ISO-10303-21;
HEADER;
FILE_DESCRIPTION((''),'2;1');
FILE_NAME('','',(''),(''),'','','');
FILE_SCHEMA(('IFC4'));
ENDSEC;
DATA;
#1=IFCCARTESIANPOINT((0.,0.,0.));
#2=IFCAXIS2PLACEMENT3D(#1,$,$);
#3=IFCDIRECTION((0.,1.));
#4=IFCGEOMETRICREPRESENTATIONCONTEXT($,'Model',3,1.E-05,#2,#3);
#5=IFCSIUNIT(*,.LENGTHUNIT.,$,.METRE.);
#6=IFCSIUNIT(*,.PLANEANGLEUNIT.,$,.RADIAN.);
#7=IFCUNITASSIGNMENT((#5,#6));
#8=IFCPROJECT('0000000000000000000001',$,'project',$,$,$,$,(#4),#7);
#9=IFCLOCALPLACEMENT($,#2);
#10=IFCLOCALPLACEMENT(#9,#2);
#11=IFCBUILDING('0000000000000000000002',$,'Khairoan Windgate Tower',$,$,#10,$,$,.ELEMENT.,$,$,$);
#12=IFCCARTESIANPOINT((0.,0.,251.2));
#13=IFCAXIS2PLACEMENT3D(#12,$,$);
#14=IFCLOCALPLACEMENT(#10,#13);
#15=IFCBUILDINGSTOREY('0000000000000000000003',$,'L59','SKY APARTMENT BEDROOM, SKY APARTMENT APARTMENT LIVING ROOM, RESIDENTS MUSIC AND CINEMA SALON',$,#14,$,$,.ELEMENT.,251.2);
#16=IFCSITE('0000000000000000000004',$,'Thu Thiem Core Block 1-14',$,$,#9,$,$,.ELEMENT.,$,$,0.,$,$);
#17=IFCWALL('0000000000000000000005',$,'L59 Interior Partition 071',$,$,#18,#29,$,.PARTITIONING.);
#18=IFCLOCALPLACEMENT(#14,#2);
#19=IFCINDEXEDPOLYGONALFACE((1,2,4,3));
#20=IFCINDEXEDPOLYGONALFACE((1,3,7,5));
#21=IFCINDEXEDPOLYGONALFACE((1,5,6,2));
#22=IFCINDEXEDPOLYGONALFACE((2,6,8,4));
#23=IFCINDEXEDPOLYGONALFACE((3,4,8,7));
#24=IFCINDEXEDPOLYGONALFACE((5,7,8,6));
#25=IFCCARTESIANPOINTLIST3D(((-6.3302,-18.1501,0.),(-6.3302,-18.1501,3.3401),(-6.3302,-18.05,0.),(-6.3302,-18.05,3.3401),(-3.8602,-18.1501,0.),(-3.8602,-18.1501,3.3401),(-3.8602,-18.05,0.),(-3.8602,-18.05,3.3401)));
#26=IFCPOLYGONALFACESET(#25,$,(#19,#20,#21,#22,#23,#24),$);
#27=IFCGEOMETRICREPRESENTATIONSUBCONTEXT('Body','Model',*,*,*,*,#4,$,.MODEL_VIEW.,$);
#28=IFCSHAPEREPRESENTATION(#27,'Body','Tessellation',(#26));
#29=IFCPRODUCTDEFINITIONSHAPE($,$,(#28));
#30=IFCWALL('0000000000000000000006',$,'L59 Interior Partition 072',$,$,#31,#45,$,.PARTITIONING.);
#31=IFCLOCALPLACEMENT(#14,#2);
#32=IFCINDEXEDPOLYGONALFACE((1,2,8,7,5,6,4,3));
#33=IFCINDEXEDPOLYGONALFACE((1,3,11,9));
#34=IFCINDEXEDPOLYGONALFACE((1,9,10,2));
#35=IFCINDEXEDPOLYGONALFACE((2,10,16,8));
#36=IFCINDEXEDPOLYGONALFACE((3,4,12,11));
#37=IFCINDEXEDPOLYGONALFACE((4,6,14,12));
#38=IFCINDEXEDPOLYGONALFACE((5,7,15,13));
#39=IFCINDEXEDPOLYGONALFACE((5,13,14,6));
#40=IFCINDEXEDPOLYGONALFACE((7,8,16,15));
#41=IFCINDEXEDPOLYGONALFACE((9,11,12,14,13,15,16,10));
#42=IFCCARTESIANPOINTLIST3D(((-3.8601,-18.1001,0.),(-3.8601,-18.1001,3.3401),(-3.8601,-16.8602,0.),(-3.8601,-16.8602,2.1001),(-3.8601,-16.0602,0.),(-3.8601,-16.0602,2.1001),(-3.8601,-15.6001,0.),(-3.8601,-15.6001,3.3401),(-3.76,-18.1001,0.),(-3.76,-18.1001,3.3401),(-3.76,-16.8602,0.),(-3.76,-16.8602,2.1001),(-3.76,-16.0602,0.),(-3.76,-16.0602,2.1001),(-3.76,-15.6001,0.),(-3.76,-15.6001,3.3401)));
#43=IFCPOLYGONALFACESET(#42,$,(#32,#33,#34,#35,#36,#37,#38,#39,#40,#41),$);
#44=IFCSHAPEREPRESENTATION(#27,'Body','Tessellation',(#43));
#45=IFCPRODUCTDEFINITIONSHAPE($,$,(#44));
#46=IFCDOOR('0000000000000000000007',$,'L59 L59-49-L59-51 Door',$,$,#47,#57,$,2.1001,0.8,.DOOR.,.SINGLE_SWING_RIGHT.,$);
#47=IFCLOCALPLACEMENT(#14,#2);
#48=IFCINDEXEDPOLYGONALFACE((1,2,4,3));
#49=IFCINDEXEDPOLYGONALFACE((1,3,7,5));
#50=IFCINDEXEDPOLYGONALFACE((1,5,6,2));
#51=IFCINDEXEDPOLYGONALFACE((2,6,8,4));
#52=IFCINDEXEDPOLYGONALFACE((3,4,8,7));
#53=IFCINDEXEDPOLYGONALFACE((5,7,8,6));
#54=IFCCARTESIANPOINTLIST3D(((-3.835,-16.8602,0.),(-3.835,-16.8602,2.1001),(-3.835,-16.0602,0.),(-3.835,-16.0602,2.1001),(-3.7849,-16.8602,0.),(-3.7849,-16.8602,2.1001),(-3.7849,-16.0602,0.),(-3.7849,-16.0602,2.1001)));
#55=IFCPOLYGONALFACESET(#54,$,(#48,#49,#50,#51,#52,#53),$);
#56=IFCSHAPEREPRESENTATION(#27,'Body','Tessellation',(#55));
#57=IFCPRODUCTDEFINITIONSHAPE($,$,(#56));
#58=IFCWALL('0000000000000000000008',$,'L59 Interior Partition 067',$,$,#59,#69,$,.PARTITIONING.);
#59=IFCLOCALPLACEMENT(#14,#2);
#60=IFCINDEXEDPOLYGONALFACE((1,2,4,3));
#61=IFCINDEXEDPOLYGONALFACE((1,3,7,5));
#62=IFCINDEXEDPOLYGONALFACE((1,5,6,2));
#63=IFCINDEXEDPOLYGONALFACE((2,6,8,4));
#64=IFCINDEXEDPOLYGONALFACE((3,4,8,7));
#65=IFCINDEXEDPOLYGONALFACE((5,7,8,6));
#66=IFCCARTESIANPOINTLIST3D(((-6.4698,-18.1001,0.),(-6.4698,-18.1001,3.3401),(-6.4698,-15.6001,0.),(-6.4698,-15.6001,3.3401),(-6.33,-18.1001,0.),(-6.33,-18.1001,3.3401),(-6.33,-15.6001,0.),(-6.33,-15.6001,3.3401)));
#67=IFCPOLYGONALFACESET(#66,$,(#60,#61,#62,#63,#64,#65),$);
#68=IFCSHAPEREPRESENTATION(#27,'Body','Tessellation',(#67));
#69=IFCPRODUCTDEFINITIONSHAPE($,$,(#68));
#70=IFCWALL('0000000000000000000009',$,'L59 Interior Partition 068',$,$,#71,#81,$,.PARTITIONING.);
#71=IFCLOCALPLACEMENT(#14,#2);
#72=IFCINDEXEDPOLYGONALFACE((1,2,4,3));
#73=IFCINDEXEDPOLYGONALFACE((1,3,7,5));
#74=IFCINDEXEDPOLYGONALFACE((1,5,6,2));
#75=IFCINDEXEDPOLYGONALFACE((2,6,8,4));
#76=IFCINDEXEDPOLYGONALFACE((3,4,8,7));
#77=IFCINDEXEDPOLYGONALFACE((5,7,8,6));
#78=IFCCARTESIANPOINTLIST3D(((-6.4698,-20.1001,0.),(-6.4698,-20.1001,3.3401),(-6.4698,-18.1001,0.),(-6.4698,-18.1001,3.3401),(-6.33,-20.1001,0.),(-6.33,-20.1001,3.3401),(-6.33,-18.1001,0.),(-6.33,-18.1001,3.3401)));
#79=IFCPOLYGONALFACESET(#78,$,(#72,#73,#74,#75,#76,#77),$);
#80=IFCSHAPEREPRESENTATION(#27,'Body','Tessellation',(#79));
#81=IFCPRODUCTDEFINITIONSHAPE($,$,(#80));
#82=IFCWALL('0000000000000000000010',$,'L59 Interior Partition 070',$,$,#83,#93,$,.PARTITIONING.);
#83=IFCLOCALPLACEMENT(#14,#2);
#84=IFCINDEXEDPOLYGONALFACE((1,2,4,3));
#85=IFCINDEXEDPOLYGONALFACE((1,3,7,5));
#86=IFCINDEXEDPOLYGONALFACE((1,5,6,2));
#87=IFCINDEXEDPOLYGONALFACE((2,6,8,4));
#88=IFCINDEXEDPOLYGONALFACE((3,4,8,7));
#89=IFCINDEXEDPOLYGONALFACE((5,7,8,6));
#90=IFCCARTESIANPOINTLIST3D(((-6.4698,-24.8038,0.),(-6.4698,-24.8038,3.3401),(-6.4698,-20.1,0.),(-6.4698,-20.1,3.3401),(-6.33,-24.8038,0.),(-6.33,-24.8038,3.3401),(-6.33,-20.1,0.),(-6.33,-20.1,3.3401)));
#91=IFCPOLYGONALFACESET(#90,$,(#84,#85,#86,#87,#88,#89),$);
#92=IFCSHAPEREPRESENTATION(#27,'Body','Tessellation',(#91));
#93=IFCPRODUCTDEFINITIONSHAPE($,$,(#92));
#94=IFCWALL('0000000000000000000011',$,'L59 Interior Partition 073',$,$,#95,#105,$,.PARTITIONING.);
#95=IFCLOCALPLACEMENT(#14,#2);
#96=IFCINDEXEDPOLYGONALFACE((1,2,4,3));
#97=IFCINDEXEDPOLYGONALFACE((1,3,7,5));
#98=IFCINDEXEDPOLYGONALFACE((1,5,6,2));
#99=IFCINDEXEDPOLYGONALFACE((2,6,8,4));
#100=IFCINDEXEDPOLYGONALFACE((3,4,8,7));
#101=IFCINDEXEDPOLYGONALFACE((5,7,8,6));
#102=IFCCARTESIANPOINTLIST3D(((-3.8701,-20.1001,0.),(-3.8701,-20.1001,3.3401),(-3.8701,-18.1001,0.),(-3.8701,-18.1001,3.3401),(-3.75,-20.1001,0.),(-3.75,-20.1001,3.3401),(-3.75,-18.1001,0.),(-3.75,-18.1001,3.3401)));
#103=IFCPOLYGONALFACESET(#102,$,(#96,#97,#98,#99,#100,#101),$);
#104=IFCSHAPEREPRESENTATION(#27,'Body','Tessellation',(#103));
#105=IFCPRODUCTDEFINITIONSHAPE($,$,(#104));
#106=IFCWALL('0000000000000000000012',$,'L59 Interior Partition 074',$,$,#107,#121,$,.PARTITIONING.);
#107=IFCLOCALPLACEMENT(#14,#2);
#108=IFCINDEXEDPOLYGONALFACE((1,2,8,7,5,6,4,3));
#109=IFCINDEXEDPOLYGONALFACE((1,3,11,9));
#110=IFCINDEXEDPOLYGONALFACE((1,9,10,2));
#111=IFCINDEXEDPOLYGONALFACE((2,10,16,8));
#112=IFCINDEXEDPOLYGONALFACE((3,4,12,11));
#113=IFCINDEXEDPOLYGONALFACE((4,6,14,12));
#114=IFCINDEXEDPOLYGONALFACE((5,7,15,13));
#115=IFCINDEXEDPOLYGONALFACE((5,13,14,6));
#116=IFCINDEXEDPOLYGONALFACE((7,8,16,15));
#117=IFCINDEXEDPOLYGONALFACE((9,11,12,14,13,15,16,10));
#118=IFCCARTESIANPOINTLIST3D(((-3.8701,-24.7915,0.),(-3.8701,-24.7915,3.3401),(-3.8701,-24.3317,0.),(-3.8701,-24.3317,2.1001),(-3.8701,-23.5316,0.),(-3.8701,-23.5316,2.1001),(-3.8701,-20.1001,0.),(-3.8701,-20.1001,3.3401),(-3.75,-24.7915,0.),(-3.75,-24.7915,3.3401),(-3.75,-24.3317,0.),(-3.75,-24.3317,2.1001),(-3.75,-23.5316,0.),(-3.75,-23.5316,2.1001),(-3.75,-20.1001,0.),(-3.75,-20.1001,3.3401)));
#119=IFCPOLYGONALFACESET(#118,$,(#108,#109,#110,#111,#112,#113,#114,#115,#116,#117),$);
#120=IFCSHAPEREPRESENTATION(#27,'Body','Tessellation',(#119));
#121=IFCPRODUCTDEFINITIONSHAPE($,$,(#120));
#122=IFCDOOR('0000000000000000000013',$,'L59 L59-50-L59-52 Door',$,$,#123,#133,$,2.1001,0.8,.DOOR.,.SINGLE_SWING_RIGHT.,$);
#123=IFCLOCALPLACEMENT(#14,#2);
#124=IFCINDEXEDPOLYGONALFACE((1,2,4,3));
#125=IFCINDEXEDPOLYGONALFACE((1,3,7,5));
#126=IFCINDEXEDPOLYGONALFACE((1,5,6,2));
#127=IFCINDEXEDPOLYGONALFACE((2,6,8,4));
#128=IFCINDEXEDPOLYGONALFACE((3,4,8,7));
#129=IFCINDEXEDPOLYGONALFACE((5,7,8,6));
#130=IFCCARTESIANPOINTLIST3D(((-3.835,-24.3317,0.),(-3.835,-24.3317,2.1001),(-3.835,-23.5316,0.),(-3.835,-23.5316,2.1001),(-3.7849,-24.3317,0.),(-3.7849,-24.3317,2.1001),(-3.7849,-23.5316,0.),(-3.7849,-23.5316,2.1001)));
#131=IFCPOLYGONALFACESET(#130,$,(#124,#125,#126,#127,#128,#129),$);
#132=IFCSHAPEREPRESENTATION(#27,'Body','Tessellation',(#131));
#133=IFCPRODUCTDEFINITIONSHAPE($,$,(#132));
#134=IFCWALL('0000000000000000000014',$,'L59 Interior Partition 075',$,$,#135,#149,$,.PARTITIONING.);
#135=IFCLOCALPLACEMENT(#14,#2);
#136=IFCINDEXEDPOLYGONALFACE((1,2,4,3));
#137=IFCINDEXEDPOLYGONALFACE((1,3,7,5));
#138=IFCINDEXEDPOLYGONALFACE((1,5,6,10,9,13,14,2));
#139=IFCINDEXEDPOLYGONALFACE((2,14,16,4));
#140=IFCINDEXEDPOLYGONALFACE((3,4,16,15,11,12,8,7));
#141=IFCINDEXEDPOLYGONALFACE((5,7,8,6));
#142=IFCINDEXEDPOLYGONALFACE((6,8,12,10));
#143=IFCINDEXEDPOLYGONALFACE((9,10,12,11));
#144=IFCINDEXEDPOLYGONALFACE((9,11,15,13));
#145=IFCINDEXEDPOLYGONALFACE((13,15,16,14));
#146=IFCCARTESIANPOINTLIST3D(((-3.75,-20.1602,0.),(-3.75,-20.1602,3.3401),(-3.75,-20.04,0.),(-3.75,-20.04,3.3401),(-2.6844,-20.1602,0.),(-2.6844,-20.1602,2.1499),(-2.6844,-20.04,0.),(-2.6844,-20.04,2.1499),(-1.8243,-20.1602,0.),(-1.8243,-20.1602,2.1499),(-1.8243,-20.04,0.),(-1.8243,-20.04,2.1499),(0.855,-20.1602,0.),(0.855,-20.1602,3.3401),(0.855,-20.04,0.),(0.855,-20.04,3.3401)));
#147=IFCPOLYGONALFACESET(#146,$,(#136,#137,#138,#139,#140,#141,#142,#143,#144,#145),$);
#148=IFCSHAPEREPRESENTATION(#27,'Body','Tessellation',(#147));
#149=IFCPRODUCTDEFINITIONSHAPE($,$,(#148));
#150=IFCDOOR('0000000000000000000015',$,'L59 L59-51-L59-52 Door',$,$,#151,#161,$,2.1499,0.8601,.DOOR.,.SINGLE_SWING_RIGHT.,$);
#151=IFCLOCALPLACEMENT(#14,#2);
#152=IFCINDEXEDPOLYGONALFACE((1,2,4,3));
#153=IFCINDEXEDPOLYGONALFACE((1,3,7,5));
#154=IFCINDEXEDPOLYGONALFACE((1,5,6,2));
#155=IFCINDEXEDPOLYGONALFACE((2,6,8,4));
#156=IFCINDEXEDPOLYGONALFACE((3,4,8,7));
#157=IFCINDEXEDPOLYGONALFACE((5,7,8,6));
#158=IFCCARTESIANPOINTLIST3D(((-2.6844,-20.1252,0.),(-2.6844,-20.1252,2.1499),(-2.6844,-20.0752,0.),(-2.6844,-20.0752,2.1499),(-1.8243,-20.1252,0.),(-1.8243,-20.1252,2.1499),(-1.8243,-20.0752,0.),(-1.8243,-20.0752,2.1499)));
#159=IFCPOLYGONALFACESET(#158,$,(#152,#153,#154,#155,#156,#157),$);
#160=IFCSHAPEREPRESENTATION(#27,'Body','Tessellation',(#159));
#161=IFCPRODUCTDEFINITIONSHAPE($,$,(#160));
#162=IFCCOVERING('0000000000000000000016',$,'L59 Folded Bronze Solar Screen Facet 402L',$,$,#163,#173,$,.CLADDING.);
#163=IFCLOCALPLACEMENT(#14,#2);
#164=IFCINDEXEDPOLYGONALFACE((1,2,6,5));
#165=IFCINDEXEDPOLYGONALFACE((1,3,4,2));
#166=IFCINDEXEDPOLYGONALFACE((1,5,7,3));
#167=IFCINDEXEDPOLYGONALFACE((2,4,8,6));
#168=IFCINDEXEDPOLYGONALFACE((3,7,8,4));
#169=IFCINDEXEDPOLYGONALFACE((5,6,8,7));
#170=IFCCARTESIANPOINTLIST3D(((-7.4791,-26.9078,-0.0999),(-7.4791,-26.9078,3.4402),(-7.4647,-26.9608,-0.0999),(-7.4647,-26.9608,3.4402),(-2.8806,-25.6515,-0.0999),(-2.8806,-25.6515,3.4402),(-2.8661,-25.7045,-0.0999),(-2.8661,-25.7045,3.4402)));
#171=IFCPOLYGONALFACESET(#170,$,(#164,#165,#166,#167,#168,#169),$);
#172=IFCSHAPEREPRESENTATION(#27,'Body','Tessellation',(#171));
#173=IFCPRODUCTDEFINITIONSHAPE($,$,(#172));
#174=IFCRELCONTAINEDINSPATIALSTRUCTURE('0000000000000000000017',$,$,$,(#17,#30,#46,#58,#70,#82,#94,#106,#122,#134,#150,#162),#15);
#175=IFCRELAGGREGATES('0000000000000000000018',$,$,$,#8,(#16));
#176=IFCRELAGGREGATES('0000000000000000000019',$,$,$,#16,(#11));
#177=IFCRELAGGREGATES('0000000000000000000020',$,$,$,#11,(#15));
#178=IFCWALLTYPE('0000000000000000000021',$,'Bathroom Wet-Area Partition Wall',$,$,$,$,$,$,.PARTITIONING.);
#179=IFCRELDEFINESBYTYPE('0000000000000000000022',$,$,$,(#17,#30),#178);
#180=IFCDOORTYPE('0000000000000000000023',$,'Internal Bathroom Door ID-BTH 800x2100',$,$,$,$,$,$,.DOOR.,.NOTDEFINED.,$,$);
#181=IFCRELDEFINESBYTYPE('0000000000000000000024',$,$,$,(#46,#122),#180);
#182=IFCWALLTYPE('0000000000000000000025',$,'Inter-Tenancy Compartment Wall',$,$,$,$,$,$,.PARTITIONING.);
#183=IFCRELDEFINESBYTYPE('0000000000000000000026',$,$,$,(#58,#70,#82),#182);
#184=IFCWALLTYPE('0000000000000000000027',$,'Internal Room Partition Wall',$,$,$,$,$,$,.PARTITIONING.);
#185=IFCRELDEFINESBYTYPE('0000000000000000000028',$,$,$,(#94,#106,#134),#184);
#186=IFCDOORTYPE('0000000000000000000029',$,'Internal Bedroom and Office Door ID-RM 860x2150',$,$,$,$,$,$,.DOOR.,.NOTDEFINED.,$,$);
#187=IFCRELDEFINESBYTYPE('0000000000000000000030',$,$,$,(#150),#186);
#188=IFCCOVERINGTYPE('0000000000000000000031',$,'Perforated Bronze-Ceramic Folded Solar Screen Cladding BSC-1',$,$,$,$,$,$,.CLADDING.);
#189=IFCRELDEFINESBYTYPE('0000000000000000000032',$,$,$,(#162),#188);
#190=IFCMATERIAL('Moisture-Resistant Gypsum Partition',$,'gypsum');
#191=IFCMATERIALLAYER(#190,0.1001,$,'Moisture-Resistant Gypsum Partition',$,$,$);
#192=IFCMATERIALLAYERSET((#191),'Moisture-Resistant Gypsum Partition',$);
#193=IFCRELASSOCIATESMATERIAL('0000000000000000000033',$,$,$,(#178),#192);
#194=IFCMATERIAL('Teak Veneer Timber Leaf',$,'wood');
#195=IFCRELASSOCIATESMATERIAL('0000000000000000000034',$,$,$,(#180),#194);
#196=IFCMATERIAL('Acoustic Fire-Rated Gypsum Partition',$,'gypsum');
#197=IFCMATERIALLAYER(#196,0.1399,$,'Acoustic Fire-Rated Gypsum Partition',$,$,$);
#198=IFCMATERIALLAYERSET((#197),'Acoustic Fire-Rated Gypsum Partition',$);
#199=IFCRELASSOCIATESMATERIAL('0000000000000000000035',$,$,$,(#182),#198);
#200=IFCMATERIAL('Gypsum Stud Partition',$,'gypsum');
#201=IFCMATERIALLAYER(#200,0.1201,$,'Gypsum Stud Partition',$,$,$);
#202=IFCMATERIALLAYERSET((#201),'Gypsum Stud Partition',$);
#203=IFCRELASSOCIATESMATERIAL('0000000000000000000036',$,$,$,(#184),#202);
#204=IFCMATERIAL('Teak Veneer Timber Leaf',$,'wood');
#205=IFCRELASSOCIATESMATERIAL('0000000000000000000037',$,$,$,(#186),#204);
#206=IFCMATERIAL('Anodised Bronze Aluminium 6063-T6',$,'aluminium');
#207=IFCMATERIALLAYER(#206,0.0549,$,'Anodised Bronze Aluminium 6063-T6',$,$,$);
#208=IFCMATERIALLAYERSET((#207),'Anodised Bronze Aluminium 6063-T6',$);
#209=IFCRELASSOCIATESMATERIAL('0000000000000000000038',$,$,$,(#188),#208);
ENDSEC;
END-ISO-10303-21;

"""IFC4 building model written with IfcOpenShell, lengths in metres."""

from ifc_helpers import new_model, si_unit, direction, frame, frame_2d, origin, origin_2d, place, context, subcontext, project, spatial, rectangle, extrude, material, layer, layer_set, type_object, element, fill, save


model = new_model("IFC4")

# Units and contexts
model_context = context("Model", 3, precision=1e-05, world=origin(), true_north=direction((0.0, 1.0)))
body_context = subcontext(model_context, "Body", "Model", "MODEL_VIEW")
ifc_project = project(units=[si_unit("LENGTHUNIT", "METRE"), si_unit("PLANEANGLEUNIT", "RADIAN")], contexts=[model_context])

# Site, building, storey
site_placement = place(None, origin())
site = spatial("IfcSite", under=ifc_project, at=site_placement, Name="Thu Thiem Core Block 1-14", CompositionType="ELEMENT", RefElevation=0.0)
building_placement = place(site_placement, origin())
building = spatial("IfcBuilding", under=site, at=building_placement, Name="Khairoan Windgate Tower", CompositionType="ELEMENT")
storey_placement = place(building_placement, frame((0.0, 0.0, 251.2)))
storey = spatial("IfcBuildingStorey", under=building, at=storey_placement, Name="L59", Description="SKY APARTMENT BEDROOM, SKY APARTMENT APARTMENT LIVING ROOM, RESIDENTS MUSIC AND CINEMA SALON", CompositionType="ELEMENT", Elevation=251.2)

# Wall
ifc_material_1 = material(Name="Moisture-Resistant Gypsum Partition", Category="gypsum")
ifc_layer_1 = layer(ifc_material_1, 0.1001, Name="Moisture-Resistant Gypsum Partition")
ifc_layer_set_1 = layer_set([ifc_layer_1], Name="Moisture-Resistant Gypsum Partition")
wall_type_1 = type_object("IfcWallType", Name="Bathroom Wet-Area Partition Wall", PredefinedType="PARTITIONING", material=ifc_layer_set_1)
wall_1_placement = place(storey_placement, frame((-6.3301, -18.1001, 0.0), z_axis=(0.0, 0.0, 1.0), x_axis=(1.0, 0.0, 0.0)))
element("IfcWall", 1, at=wall_1_placement, inside=storey, type_object=wall_type_1, Name="L59 Interior Partition 071", PredefinedType="PARTITIONING", context=body_context, shape_type="SweptSolid", body=[
    extrude(rectangle(XDim=2.47, YDim=0.1001, at=frame_2d((1.2349, 0.0))), origin(), (0.0, 0.0, 1.0), 3.3401),
])

# Wall, opening, door
wall_2_placement = place(storey_placement, frame((-3.8101, -18.1001, 0.0), z_axis=(0.0, 0.0, 1.0), x_axis=(0.0, 1.0, 0.0)))
wall_2 = element("IfcWall", 2, at=wall_2_placement, inside=storey, type_object=wall_type_1, Name="L59 Interior Partition 072", PredefinedType="PARTITIONING", context=body_context, shape_type="SweptSolid", body=[
    extrude(rectangle(XDim=2.5, YDim=0.1001, at=frame_2d((1.25, 0.0))), origin(), (0.0, 0.0, 1.0), 3.3401),
])
opening_1_placement = place(wall_2_placement, frame((1.24, 0.0, 0.0)))
opening_1 = element("IfcOpeningElement", 3, at=opening_1_placement, cuts=wall_2, PredefinedType="OPENING", context=body_context, shape_type="SweptSolid", body=[
    extrude(rectangle(XDim=0.8, YDim=2.1001, at=frame_2d((0.3999, 1.05))), frame((0.0, 0.0601, 0.0), z_axis=(0.0, -1.0, 0.0), x_axis=(1.0, 0.0, 0.0)), (0.0, 0.0, 1.0), 0.1201),
])
ifc_material_2 = material(Name="Teak Veneer Timber Leaf", Category="wood")
door_type_1 = type_object("IfcDoorType", Name="Internal Bathroom Door ID-BTH 800x2100", OperationType="NOTDEFINED", PredefinedType="DOOR", material=ifc_material_2)
door_1_placement = place(opening_1_placement, origin())
door_1 = element("IfcDoor", 4, at=door_1_placement, inside=storey, type_object=door_type_1, Name="L59 L59-49-L59-51 Door", OperationType="SINGLE_SWING_RIGHT", OverallHeight=2.1001, OverallWidth=0.8, PredefinedType="DOOR", context=body_context, shape_type="SweptSolid", body=[
    extrude(rectangle(XDim=0.8, YDim=2.1001, at=frame_2d((0.3999, 1.05))), frame((0.0, 0.0249, 0.0), z_axis=(0.0, -1.0, 0.0), x_axis=(1.0, 0.0, 0.0)), (0.0, 0.0, 1.0), 0.05),
])
fill(opening_1, door_1)

# Walls
ifc_material_3 = material(Name="Acoustic Fire-Rated Gypsum Partition", Category="gypsum")
ifc_layer_2 = layer(ifc_material_3, 0.1399, Name="Acoustic Fire-Rated Gypsum Partition")
ifc_layer_set_2 = layer_set([ifc_layer_2], Name="Acoustic Fire-Rated Gypsum Partition")
wall_type_2 = type_object("IfcWallType", Name="Inter-Tenancy Compartment Wall", PredefinedType="PARTITIONING", material=ifc_layer_set_2)
wall_3_placement = place(storey_placement, frame((-6.3999, -18.1001, 0.0), z_axis=(0.0, 0.0, 1.0), x_axis=(0.0, 1.0, 0.0)))
element("IfcWall", 5, at=wall_3_placement, inside=storey, type_object=wall_type_2, Name="L59 Interior Partition 067", PredefinedType="PARTITIONING", context=body_context, shape_type="SweptSolid", body=[
    extrude(rectangle(XDim=2.5, YDim=0.1399, at=frame_2d((1.25, 0.0))), origin(), (0.0, 0.0, 1.0), 3.3401),
])
wall_4_placement = place(storey_placement, frame((-6.3999, -20.1001, 0.0), z_axis=(0.0, 0.0, 1.0), x_axis=(0.0, 1.0, 0.0)))
element("IfcWall", 6, at=wall_4_placement, inside=storey, type_object=wall_type_2, Name="L59 Interior Partition 068", PredefinedType="PARTITIONING", context=body_context, shape_type="SweptSolid", body=[
    extrude(rectangle(XDim=2.0, YDim=0.1399, at=frame_2d((1.0, 0.0))), origin(), (0.0, 0.0, 1.0), 3.3401),
])
wall_5_placement = place(storey_placement, frame((-6.3999, -24.804, 0.0), z_axis=(0.0, 0.0, 1.0), x_axis=(0.0, 1.0, 0.0)))
element("IfcWall", 7, at=wall_5_placement, inside=storey, type_object=wall_type_2, Name="L59 Interior Partition 070", PredefinedType="PARTITIONING", context=body_context, shape_type="SweptSolid", body=[
    extrude(rectangle(XDim=4.7039, YDim=0.1399, at=frame_2d((2.3521, 0.0))), origin(), (0.0, 0.0, 1.0), 3.3401),
])
ifc_material_4 = material(Name="Gypsum Stud Partition", Category="gypsum")
ifc_layer_3 = layer(ifc_material_4, 0.1201, Name="Gypsum Stud Partition")
ifc_layer_set_3 = layer_set([ifc_layer_3], Name="Gypsum Stud Partition")
wall_type_3 = type_object("IfcWallType", Name="Internal Room Partition Wall", PredefinedType="PARTITIONING", material=ifc_layer_set_3)
wall_6_placement = place(storey_placement, frame((-3.8101, -20.1001, 0.0), z_axis=(0.0, 0.0, 1.0), x_axis=(0.0, 1.0, 0.0)))
element("IfcWall", 8, at=wall_6_placement, inside=storey, type_object=wall_type_3, Name="L59 Interior Partition 073", PredefinedType="PARTITIONING", context=body_context, shape_type="SweptSolid", body=[
    extrude(rectangle(XDim=2.0, YDim=0.1201, at=frame_2d((1.0, 0.0))), origin(), (0.0, 0.0, 1.0), 3.3401),
])

# Walls, openings, doors
wall_7_placement = place(storey_placement, frame((-3.8101, -24.7915, 0.0), z_axis=(0.0, 0.0, 1.0), x_axis=(0.0, 1.0, 0.0)))
wall_7 = element("IfcWall", 9, at=wall_7_placement, inside=storey, type_object=wall_type_3, Name="L59 Interior Partition 074", PredefinedType="PARTITIONING", context=body_context, shape_type="SweptSolid", body=[
    extrude(rectangle(XDim=4.6914, YDim=0.1201, at=frame_2d((2.3457, 0.0))), origin(), (0.0, 0.0, 1.0), 3.3401),
])
opening_2_placement = place(wall_7_placement, frame((0.46, 0.0, 0.0)))
opening_2 = element("IfcOpeningElement", 10, at=opening_2_placement, cuts=wall_7, PredefinedType="OPENING", context=body_context, shape_type="SweptSolid", body=[
    extrude(rectangle(XDim=0.8, YDim=2.1001, at=frame_2d((0.3999, 1.05))), frame((0.0, 0.0701, 0.0), z_axis=(0.0, -1.0, 0.0), x_axis=(1.0, 0.0, 0.0)), (0.0, 0.0, 1.0), 0.1401),
])
door_2_placement = place(opening_2_placement, origin())
door_2 = element("IfcDoor", 11, at=door_2_placement, inside=storey, type_object=door_type_1, Name="L59 L59-50-L59-52 Door", OperationType="SINGLE_SWING_RIGHT", OverallHeight=2.1001, OverallWidth=0.8, PredefinedType="DOOR", context=body_context, shape_type="SweptSolid", body=[
    extrude(rectangle(XDim=0.8, YDim=2.1001, at=frame_2d((0.3999, 1.05))), frame((0.0, 0.0249, 0.0), z_axis=(0.0, -1.0, 0.0), x_axis=(1.0, 0.0, 0.0)), (0.0, 0.0, 1.0), 0.05),
])
fill(opening_2, door_2)
wall_8_placement = place(storey_placement, frame((-3.75, -20.1001, 0.0), z_axis=(0.0, 0.0, 1.0), x_axis=(1.0, 0.0, 0.0)))
wall_8 = element("IfcWall", 12, at=wall_8_placement, inside=storey, type_object=wall_type_3, Name="L59 Interior Partition 075", PredefinedType="PARTITIONING", context=body_context, shape_type="SweptSolid", body=[
    extrude(rectangle(XDim=4.605, YDim=0.1201, at=frame_2d((2.3025, 0.0))), origin(), (0.0, 0.0, 1.0), 3.3401),
])
opening_3_placement = place(wall_8_placement, frame((1.0654, 0.0, 0.0)))
opening_3 = element("IfcOpeningElement", 13, at=opening_3_placement, cuts=wall_8, PredefinedType="OPENING", context=body_context, shape_type="SweptSolid", body=[
    extrude(rectangle(XDim=0.8601, YDim=2.1499, at=frame_2d((0.4302, 1.075))), frame((0.0, 0.0701, 0.0), z_axis=(0.0, -1.0, 0.0), x_axis=(1.0, 0.0, 0.0)), (0.0, 0.0, 1.0), 0.1401),
])
ifc_material_5 = material(Name="Teak Veneer Timber Leaf", Category="wood")
door_type_2 = type_object("IfcDoorType", Name="Internal Bedroom and Office Door ID-RM 860x2150", OperationType="NOTDEFINED", PredefinedType="DOOR", material=ifc_material_5)
door_3_placement = place(opening_3_placement, origin())
door_3 = element("IfcDoor", 14, at=door_3_placement, inside=storey, type_object=door_type_2, Name="L59 L59-51-L59-52 Door", OperationType="SINGLE_SWING_RIGHT", OverallHeight=2.1499, OverallWidth=0.8601, PredefinedType="DOOR", context=body_context, shape_type="SweptSolid", body=[
    extrude(rectangle(XDim=0.8601, YDim=2.1499, at=frame_2d((0.4302, 1.075))), frame((0.0, 0.0249, 0.0), z_axis=(0.0, -1.0, 0.0), x_axis=(1.0, 0.0, 0.0)), (0.0, 0.0, 1.0), 0.05),
])
fill(opening_3, door_3)

# Covering
ifc_material_6 = material(Name="Anodised Bronze Aluminium 6063-T6", Category="aluminium")
ifc_layer_4 = layer(ifc_material_6, 0.0549, Name="Anodised Bronze Aluminium 6063-T6")
ifc_layer_set_4 = layer_set([ifc_layer_4], Name="Anodised Bronze Aluminium 6063-T6")
covering_type = type_object("IfcCoveringType", Name="Perforated Bronze-Ceramic Folded Solar Screen Cladding BSC-1", PredefinedType="CLADDING", material=ifc_layer_set_4)
covering_placement = place(storey_placement, frame((-5.1726, -26.3062, -0.0999), z_axis=(0.0, 0.0, 1.0), x_axis=(-0.964649, -0.263536, 0.0)))
element("IfcCovering", 15, at=covering_placement, inside=storey, type_object=covering_type, Name="L59 Folded Bronze Solar Screen Facet 402L", PredefinedType="CLADDING", context=body_context, shape_type="SweptSolid", body=[
    extrude(rectangle(XDim=4.7671, YDim=0.0549, at=origin_2d()), origin(), (0.0, 0.0, 1.0), 3.54),
])

save(model, "model.ifc")
